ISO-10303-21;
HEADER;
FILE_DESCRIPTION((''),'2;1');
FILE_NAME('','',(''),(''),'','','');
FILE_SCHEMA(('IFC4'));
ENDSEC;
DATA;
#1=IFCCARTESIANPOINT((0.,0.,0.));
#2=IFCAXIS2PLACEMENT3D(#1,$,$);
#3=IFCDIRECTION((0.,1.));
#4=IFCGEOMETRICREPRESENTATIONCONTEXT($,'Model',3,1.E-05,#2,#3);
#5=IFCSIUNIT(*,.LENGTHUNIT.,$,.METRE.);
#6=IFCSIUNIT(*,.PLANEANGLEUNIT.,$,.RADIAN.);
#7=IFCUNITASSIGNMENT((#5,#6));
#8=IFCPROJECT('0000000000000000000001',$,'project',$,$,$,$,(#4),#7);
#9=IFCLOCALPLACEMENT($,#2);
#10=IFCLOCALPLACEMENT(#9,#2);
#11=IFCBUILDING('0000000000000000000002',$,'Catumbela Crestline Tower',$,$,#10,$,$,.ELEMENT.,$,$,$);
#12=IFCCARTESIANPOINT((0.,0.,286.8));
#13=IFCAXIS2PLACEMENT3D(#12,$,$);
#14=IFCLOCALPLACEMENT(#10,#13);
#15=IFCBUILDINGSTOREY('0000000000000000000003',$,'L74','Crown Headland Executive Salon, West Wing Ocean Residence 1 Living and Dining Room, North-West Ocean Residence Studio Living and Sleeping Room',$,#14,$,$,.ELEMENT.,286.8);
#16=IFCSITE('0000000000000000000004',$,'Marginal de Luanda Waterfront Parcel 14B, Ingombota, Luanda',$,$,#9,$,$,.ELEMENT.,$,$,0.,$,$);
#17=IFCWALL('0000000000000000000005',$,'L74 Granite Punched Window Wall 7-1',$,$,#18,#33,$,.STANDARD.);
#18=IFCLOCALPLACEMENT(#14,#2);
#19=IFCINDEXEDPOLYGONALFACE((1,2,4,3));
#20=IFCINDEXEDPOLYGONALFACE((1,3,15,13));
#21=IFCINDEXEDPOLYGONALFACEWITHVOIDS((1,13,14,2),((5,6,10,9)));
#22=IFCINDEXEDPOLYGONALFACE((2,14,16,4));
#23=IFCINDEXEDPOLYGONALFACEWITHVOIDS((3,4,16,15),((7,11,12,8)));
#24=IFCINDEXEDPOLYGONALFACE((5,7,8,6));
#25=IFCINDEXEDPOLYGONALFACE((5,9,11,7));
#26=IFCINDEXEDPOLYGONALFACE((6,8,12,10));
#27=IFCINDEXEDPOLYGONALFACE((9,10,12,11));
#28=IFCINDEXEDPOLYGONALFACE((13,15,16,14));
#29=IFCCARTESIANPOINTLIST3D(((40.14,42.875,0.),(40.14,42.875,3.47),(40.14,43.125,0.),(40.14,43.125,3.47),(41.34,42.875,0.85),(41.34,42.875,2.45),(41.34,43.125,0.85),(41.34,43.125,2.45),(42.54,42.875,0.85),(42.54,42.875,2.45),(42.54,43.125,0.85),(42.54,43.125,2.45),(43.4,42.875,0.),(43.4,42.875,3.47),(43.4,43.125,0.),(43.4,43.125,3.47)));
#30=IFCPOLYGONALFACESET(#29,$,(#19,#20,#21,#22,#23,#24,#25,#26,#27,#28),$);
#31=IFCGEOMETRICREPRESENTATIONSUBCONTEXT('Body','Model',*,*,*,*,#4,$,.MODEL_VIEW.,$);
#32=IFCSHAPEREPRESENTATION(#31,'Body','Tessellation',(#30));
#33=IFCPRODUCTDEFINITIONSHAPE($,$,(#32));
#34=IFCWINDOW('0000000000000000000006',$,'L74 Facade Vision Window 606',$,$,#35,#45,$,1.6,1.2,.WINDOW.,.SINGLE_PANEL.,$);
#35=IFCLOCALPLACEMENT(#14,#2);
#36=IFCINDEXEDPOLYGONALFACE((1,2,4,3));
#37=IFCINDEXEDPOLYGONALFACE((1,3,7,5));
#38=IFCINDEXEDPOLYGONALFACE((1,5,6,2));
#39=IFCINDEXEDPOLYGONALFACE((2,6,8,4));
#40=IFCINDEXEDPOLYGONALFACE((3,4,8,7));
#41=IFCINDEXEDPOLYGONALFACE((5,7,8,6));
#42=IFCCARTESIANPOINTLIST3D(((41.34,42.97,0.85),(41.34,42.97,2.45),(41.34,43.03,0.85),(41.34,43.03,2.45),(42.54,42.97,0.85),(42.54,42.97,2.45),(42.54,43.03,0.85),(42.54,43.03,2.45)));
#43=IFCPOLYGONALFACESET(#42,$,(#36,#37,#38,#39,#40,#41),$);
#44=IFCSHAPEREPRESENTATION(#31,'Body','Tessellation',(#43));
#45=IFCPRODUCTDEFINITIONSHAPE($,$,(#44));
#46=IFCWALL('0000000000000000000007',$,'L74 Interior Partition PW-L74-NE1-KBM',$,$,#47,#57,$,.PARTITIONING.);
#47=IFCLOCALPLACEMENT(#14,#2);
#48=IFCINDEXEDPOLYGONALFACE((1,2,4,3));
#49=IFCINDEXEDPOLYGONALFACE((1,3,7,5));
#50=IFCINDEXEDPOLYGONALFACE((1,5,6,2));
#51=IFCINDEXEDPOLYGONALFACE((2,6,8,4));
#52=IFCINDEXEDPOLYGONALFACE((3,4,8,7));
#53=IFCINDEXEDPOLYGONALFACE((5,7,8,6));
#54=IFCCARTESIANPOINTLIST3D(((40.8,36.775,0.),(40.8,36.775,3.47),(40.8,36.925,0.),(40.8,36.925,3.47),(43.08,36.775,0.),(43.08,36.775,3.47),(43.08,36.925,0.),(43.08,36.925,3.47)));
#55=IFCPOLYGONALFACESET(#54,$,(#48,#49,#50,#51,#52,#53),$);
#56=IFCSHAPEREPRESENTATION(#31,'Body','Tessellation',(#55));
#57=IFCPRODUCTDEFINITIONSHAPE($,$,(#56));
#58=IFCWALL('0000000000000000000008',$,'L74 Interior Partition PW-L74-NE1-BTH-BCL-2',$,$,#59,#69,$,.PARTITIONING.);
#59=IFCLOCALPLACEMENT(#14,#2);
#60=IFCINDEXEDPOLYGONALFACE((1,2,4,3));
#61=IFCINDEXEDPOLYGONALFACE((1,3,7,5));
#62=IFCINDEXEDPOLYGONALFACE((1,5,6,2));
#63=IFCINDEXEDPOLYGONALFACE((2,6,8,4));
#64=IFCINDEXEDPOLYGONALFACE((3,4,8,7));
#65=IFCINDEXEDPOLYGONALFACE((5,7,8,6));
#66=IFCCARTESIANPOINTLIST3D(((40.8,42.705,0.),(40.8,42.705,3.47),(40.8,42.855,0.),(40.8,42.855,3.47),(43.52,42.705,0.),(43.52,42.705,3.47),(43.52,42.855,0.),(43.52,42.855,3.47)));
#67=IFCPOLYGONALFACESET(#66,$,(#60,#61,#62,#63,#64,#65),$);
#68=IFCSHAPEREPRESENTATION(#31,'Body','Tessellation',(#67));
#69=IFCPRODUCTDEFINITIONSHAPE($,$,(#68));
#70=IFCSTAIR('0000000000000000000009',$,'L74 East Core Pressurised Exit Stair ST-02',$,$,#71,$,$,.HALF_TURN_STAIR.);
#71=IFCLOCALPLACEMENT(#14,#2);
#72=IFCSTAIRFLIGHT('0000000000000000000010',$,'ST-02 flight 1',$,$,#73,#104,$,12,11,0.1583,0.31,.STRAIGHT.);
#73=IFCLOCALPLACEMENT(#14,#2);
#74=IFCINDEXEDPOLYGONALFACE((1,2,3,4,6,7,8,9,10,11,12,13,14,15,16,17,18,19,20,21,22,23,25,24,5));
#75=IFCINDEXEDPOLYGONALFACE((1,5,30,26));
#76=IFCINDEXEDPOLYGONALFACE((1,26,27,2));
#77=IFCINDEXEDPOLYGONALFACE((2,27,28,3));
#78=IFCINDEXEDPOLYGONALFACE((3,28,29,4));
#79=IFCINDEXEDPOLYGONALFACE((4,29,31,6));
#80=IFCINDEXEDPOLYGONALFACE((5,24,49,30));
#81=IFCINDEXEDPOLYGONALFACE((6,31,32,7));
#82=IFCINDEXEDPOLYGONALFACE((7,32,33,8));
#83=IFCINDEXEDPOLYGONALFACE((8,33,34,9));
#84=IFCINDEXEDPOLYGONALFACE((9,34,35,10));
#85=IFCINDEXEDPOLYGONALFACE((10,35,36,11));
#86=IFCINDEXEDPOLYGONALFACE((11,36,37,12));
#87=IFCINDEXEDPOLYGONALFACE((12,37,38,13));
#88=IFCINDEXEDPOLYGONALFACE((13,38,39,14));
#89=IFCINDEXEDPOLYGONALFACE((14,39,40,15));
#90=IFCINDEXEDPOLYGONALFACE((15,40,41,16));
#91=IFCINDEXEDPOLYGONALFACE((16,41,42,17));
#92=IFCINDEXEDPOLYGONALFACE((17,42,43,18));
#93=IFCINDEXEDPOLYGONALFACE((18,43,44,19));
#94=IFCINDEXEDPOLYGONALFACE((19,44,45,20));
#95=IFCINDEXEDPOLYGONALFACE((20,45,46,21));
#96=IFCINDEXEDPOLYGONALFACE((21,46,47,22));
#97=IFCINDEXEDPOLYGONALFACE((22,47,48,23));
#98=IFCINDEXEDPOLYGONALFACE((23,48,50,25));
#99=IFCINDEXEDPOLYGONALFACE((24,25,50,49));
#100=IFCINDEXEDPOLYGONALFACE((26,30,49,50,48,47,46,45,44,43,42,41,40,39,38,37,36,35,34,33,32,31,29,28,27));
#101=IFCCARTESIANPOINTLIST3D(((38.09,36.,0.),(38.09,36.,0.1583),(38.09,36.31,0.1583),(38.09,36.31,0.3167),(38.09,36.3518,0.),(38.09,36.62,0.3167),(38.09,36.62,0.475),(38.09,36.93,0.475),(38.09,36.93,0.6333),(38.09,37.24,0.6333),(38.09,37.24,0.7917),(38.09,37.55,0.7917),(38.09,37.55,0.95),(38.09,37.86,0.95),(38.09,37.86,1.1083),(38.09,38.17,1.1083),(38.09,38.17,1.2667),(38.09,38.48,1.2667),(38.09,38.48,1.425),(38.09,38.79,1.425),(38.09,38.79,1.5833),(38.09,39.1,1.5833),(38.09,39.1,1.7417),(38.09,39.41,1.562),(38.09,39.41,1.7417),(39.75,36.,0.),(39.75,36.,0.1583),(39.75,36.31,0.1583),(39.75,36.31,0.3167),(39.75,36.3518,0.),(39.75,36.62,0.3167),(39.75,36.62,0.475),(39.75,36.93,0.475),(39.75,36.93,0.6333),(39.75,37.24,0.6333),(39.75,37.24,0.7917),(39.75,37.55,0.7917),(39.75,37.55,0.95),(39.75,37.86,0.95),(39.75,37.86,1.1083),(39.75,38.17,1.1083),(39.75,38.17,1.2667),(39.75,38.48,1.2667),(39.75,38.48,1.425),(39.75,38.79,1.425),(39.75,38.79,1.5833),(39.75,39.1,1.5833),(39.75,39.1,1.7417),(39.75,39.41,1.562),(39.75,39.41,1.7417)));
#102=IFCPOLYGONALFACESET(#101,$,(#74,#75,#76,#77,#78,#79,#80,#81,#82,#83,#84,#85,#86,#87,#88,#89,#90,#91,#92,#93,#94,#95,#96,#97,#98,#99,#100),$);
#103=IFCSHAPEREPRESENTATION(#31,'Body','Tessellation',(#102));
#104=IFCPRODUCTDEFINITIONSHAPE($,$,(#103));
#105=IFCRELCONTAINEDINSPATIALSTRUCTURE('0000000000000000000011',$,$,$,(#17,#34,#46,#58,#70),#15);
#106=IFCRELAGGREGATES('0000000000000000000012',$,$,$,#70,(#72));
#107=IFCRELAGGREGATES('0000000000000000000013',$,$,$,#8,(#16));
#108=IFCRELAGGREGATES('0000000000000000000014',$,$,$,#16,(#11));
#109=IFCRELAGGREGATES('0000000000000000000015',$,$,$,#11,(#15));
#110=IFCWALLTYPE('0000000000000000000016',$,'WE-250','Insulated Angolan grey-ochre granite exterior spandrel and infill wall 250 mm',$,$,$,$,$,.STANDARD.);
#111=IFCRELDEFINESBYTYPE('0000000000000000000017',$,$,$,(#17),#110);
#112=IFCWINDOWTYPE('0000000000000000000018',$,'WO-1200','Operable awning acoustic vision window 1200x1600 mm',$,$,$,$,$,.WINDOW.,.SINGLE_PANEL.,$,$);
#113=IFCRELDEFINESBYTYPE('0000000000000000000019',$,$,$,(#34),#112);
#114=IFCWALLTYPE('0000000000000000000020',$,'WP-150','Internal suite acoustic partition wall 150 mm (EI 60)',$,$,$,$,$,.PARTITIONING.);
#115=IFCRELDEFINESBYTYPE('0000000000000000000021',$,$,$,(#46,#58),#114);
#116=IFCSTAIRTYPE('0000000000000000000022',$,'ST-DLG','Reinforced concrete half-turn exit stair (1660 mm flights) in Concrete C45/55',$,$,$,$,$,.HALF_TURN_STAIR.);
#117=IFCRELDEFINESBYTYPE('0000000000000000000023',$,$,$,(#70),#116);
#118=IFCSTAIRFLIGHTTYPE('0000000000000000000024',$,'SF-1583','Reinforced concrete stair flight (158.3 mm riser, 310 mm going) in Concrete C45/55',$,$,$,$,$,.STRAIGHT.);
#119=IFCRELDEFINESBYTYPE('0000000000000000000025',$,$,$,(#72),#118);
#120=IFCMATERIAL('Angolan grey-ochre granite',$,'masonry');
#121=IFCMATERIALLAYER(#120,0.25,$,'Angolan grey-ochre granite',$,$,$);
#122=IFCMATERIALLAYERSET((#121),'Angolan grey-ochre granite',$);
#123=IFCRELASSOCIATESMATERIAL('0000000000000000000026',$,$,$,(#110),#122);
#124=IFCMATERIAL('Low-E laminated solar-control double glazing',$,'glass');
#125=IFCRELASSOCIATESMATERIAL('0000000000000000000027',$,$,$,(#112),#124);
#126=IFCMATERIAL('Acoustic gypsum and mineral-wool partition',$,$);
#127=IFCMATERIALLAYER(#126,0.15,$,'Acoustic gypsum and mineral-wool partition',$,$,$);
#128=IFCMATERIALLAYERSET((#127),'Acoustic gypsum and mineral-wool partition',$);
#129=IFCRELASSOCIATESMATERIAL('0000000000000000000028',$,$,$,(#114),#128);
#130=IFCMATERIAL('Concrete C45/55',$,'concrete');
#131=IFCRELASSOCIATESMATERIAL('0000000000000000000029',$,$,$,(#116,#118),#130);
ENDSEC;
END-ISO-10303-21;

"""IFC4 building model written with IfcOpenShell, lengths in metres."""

from ifc_helpers import new_model, si_unit, direction, frame, frame_2d, origin, place, context, subcontext, project, spatial, polyline, rectangle, outline, extrude, material, layer, layer_set, type_object, element, fill, aggregate, save


model = new_model("IFC4")

# Units and contexts
model_context = context("Model", 3, precision=1e-05, world=origin(), true_north=direction((0.0, 1.0)))
body_context = subcontext(model_context, "Body", "Model", "MODEL_VIEW")
ifc_project = project(units=[si_unit("LENGTHUNIT", "METRE"), si_unit("PLANEANGLEUNIT", "RADIAN")], contexts=[model_context])

# Site, building, storey
site_placement = place(None, origin())
site = spatial("IfcSite", under=ifc_project, at=site_placement, Name="Marginal de Luanda Waterfront Parcel 14B, Ingombota, Luanda", CompositionType="ELEMENT", RefElevation=0.0)
building_placement = place(site_placement, origin())
building = spatial("IfcBuilding", under=site, at=building_placement, Name="Catumbela Crestline Tower", CompositionType="ELEMENT")
storey_placement = place(building_placement, frame((0.0, 0.0, 286.8)))
storey = spatial("IfcBuildingStorey", under=building, at=storey_placement, Name="L74", Description="Crown Headland Executive Salon, West Wing Ocean Residence 1 Living and Dining Room, North-West Ocean Residence Studio Living and Sleeping Room", CompositionType="ELEMENT", Elevation=286.8)

# Shared definitions
ifc_material_1 = material(Name="Concrete C45/55", Category="concrete")

# Shared definitions
ifc_material_2 = material(Name="Low-E laminated solar-control double glazing", Category="glass")

# Wall, opening, window
ifc_material_3 = material(Name="Angolan grey-ochre granite", Category="masonry")
ifc_layer_1 = layer(ifc_material_3, 0.25, Name="Angolan grey-ochre granite")
ifc_layer_set_1 = layer_set([ifc_layer_1], Name="Angolan grey-ochre granite")
wall_type_1 = type_object("IfcWallType", Name="WE-250", Description="Insulated Angolan grey-ochre granite exterior spandrel and infill wall 250 mm", PredefinedType="STANDARD", material=ifc_layer_set_1)
wall_1_placement = place(storey_placement, frame((43.4, 43.0, 0.0), z_axis=(0.0, 0.0, 1.0), x_axis=(-1.0, 0.0, 0.0)))
wall_1 = element("IfcWall", 1, at=wall_1_placement, inside=storey, type_object=wall_type_1, Name="L74 Granite Punched Window Wall 7-1", PredefinedType="STANDARD", context=body_context, shape_type="SweptSolid", body=[
    extrude(rectangle(XDim=3.26, YDim=0.25, at=frame_2d((1.63, 0.0))), origin(), (0.0, 0.0, 1.0), 3.47),
])
opening_1_placement = place(wall_1_placement, frame((0.86, 0.0, 0.85)))
opening_1 = element("IfcOpeningElement", 2, at=opening_1_placement, cuts=wall_1, PredefinedType="OPENING", context=body_context, shape_type="SweptSolid", body=[
    extrude(rectangle(XDim=1.2, YDim=1.6, at=frame_2d((0.6, 0.8))), frame((0.0, 0.135, 0.0), z_axis=(0.0, -1.0, 0.0), x_axis=(1.0, 0.0, 0.0)), (0.0, 0.0, 1.0), 0.27),
])
window_type_1 = type_object("IfcWindowType", Name="WO-1200", Description="Operable awning acoustic vision window 1200x1600 mm", PartitioningType="SINGLE_PANEL", PredefinedType="WINDOW", material=ifc_material_2)
window_1_placement = place(opening_1_placement, origin())
window_1 = element("IfcWindow", 3, at=window_1_placement, inside=storey, type_object=window_type_1, Name="L74 Facade Vision Window 606", OverallHeight=1.6, OverallWidth=1.2, PartitioningType="SINGLE_PANEL", PredefinedType="WINDOW", context=body_context, shape_type="SweptSolid", body=[
    extrude(rectangle(XDim=1.2, YDim=1.6, at=frame_2d((0.6, 0.8))), frame((0.0, 0.03, 0.0), z_axis=(0.0, -1.0, 0.0), x_axis=(1.0, 0.0, 0.0)), (0.0, 0.0, 1.0), 0.06),
])
fill(opening_1, window_1)

# Walls
ifc_material_4 = material(Name="Acoustic gypsum and mineral-wool partition")
ifc_layer_2 = layer(ifc_material_4, 0.15, Name="Acoustic gypsum and mineral-wool partition")
ifc_layer_set_2 = layer_set([ifc_layer_2], Name="Acoustic gypsum and mineral-wool partition")
wall_type_2 = type_object("IfcWallType", Name="WP-150", Description="Internal suite acoustic partition wall 150 mm (EI 60)", PredefinedType="PARTITIONING", material=ifc_layer_set_2)
wall_2_placement = place(storey_placement, frame((40.8, 36.85, 0.0), z_axis=(0.0, 0.0, 1.0), x_axis=(1.0, 0.0, 0.0)))
element("IfcWall", 4, at=wall_2_placement, inside=storey, type_object=wall_type_2, Name="L74 Interior Partition PW-L74-NE1-KBM", PredefinedType="PARTITIONING", context=body_context, shape_type="SweptSolid", body=[
    extrude(rectangle(XDim=2.28, YDim=0.15, at=frame_2d((1.14, 0.0))), origin(), (0.0, 0.0, 1.0), 3.47),
])
wall_3_placement = place(storey_placement, frame((40.8, 42.78, 0.0), z_axis=(0.0, 0.0, 1.0), x_axis=(1.0, 0.0, 0.0)))
element("IfcWall", 5, at=wall_3_placement, inside=storey, type_object=wall_type_2, Name="L74 Interior Partition PW-L74-NE1-BTH-BCL-2", PredefinedType="PARTITIONING", context=body_context, shape_type="SweptSolid", body=[
    extrude(rectangle(XDim=2.72, YDim=0.15, at=frame_2d((1.36, 0.0))), origin(), (0.0, 0.0, 1.0), 3.47),
])

# Stair, stair flight
stair_type = type_object("IfcStairType", Name="ST-DLG", Description="Reinforced concrete half-turn exit stair (1660 mm flights) in Concrete C45/55", PredefinedType="HALF_TURN_STAIR", material=ifc_material_1)
stair_placement = place(storey_placement, origin())
stair = element("IfcStair", 6, at=stair_placement, inside=storey, type_object=stair_type, Name="L74 East Core Pressurised Exit Stair ST-02", PredefinedType="HALF_TURN_STAIR")
stair_flight_type = type_object("IfcStairFlightType", Name="SF-1583", Description="Reinforced concrete stair flight (158.3 mm riser, 310 mm going) in Concrete C45/55", PredefinedType="STRAIGHT", material=ifc_material_1)
stair_flight_placement = place(storey_placement, frame((38.92, 36.0, 0.0), z_axis=(0.0, 0.0, 1.0), x_axis=(0.0, 1.0, 0.0)))
stair_flight = element("IfcStairFlight", 7, at=stair_flight_placement, type_object=stair_flight_type, Name="ST-02 flight 1", NumberOfRisers=12, NumberOfTreads=11, PredefinedType="STRAIGHT", RiserHeight=0.1583, TreadLength=0.31, context=body_context, shape_type="SweptSolid", body=[
    extrude(outline(polyline([(0.0, 0.0), (0.0, 0.1583), (0.31, 0.1583), (0.31, 0.3167), (0.62, 0.3167), (0.62, 0.475), (0.93, 0.475), (0.93, 0.6333), (1.24, 0.6333), (1.24, 0.7917), (1.55, 0.7917), (1.55, 0.95), (1.86, 0.95), (1.86, 1.1083), (2.17, 1.1083), (2.17, 1.2667), (2.48, 1.2667), (2.48, 1.425), (2.79, 1.425), (2.79, 1.5833), (3.1, 1.5833), (3.1, 1.7417), (3.41, 1.7417), (3.41, 1.9), (3.41, 1.562), (0.3518, 0.0), (0.0, 0.0)])), frame((0.0, 0.83, 0.0), z_axis=(0.0, -1.0, 0.0), x_axis=(1.0, 0.0, 0.0)), (0.0, 0.0, 1.0), 1.66),
])
aggregate(stair, [stair_flight])

save(model, "model.ifc")
